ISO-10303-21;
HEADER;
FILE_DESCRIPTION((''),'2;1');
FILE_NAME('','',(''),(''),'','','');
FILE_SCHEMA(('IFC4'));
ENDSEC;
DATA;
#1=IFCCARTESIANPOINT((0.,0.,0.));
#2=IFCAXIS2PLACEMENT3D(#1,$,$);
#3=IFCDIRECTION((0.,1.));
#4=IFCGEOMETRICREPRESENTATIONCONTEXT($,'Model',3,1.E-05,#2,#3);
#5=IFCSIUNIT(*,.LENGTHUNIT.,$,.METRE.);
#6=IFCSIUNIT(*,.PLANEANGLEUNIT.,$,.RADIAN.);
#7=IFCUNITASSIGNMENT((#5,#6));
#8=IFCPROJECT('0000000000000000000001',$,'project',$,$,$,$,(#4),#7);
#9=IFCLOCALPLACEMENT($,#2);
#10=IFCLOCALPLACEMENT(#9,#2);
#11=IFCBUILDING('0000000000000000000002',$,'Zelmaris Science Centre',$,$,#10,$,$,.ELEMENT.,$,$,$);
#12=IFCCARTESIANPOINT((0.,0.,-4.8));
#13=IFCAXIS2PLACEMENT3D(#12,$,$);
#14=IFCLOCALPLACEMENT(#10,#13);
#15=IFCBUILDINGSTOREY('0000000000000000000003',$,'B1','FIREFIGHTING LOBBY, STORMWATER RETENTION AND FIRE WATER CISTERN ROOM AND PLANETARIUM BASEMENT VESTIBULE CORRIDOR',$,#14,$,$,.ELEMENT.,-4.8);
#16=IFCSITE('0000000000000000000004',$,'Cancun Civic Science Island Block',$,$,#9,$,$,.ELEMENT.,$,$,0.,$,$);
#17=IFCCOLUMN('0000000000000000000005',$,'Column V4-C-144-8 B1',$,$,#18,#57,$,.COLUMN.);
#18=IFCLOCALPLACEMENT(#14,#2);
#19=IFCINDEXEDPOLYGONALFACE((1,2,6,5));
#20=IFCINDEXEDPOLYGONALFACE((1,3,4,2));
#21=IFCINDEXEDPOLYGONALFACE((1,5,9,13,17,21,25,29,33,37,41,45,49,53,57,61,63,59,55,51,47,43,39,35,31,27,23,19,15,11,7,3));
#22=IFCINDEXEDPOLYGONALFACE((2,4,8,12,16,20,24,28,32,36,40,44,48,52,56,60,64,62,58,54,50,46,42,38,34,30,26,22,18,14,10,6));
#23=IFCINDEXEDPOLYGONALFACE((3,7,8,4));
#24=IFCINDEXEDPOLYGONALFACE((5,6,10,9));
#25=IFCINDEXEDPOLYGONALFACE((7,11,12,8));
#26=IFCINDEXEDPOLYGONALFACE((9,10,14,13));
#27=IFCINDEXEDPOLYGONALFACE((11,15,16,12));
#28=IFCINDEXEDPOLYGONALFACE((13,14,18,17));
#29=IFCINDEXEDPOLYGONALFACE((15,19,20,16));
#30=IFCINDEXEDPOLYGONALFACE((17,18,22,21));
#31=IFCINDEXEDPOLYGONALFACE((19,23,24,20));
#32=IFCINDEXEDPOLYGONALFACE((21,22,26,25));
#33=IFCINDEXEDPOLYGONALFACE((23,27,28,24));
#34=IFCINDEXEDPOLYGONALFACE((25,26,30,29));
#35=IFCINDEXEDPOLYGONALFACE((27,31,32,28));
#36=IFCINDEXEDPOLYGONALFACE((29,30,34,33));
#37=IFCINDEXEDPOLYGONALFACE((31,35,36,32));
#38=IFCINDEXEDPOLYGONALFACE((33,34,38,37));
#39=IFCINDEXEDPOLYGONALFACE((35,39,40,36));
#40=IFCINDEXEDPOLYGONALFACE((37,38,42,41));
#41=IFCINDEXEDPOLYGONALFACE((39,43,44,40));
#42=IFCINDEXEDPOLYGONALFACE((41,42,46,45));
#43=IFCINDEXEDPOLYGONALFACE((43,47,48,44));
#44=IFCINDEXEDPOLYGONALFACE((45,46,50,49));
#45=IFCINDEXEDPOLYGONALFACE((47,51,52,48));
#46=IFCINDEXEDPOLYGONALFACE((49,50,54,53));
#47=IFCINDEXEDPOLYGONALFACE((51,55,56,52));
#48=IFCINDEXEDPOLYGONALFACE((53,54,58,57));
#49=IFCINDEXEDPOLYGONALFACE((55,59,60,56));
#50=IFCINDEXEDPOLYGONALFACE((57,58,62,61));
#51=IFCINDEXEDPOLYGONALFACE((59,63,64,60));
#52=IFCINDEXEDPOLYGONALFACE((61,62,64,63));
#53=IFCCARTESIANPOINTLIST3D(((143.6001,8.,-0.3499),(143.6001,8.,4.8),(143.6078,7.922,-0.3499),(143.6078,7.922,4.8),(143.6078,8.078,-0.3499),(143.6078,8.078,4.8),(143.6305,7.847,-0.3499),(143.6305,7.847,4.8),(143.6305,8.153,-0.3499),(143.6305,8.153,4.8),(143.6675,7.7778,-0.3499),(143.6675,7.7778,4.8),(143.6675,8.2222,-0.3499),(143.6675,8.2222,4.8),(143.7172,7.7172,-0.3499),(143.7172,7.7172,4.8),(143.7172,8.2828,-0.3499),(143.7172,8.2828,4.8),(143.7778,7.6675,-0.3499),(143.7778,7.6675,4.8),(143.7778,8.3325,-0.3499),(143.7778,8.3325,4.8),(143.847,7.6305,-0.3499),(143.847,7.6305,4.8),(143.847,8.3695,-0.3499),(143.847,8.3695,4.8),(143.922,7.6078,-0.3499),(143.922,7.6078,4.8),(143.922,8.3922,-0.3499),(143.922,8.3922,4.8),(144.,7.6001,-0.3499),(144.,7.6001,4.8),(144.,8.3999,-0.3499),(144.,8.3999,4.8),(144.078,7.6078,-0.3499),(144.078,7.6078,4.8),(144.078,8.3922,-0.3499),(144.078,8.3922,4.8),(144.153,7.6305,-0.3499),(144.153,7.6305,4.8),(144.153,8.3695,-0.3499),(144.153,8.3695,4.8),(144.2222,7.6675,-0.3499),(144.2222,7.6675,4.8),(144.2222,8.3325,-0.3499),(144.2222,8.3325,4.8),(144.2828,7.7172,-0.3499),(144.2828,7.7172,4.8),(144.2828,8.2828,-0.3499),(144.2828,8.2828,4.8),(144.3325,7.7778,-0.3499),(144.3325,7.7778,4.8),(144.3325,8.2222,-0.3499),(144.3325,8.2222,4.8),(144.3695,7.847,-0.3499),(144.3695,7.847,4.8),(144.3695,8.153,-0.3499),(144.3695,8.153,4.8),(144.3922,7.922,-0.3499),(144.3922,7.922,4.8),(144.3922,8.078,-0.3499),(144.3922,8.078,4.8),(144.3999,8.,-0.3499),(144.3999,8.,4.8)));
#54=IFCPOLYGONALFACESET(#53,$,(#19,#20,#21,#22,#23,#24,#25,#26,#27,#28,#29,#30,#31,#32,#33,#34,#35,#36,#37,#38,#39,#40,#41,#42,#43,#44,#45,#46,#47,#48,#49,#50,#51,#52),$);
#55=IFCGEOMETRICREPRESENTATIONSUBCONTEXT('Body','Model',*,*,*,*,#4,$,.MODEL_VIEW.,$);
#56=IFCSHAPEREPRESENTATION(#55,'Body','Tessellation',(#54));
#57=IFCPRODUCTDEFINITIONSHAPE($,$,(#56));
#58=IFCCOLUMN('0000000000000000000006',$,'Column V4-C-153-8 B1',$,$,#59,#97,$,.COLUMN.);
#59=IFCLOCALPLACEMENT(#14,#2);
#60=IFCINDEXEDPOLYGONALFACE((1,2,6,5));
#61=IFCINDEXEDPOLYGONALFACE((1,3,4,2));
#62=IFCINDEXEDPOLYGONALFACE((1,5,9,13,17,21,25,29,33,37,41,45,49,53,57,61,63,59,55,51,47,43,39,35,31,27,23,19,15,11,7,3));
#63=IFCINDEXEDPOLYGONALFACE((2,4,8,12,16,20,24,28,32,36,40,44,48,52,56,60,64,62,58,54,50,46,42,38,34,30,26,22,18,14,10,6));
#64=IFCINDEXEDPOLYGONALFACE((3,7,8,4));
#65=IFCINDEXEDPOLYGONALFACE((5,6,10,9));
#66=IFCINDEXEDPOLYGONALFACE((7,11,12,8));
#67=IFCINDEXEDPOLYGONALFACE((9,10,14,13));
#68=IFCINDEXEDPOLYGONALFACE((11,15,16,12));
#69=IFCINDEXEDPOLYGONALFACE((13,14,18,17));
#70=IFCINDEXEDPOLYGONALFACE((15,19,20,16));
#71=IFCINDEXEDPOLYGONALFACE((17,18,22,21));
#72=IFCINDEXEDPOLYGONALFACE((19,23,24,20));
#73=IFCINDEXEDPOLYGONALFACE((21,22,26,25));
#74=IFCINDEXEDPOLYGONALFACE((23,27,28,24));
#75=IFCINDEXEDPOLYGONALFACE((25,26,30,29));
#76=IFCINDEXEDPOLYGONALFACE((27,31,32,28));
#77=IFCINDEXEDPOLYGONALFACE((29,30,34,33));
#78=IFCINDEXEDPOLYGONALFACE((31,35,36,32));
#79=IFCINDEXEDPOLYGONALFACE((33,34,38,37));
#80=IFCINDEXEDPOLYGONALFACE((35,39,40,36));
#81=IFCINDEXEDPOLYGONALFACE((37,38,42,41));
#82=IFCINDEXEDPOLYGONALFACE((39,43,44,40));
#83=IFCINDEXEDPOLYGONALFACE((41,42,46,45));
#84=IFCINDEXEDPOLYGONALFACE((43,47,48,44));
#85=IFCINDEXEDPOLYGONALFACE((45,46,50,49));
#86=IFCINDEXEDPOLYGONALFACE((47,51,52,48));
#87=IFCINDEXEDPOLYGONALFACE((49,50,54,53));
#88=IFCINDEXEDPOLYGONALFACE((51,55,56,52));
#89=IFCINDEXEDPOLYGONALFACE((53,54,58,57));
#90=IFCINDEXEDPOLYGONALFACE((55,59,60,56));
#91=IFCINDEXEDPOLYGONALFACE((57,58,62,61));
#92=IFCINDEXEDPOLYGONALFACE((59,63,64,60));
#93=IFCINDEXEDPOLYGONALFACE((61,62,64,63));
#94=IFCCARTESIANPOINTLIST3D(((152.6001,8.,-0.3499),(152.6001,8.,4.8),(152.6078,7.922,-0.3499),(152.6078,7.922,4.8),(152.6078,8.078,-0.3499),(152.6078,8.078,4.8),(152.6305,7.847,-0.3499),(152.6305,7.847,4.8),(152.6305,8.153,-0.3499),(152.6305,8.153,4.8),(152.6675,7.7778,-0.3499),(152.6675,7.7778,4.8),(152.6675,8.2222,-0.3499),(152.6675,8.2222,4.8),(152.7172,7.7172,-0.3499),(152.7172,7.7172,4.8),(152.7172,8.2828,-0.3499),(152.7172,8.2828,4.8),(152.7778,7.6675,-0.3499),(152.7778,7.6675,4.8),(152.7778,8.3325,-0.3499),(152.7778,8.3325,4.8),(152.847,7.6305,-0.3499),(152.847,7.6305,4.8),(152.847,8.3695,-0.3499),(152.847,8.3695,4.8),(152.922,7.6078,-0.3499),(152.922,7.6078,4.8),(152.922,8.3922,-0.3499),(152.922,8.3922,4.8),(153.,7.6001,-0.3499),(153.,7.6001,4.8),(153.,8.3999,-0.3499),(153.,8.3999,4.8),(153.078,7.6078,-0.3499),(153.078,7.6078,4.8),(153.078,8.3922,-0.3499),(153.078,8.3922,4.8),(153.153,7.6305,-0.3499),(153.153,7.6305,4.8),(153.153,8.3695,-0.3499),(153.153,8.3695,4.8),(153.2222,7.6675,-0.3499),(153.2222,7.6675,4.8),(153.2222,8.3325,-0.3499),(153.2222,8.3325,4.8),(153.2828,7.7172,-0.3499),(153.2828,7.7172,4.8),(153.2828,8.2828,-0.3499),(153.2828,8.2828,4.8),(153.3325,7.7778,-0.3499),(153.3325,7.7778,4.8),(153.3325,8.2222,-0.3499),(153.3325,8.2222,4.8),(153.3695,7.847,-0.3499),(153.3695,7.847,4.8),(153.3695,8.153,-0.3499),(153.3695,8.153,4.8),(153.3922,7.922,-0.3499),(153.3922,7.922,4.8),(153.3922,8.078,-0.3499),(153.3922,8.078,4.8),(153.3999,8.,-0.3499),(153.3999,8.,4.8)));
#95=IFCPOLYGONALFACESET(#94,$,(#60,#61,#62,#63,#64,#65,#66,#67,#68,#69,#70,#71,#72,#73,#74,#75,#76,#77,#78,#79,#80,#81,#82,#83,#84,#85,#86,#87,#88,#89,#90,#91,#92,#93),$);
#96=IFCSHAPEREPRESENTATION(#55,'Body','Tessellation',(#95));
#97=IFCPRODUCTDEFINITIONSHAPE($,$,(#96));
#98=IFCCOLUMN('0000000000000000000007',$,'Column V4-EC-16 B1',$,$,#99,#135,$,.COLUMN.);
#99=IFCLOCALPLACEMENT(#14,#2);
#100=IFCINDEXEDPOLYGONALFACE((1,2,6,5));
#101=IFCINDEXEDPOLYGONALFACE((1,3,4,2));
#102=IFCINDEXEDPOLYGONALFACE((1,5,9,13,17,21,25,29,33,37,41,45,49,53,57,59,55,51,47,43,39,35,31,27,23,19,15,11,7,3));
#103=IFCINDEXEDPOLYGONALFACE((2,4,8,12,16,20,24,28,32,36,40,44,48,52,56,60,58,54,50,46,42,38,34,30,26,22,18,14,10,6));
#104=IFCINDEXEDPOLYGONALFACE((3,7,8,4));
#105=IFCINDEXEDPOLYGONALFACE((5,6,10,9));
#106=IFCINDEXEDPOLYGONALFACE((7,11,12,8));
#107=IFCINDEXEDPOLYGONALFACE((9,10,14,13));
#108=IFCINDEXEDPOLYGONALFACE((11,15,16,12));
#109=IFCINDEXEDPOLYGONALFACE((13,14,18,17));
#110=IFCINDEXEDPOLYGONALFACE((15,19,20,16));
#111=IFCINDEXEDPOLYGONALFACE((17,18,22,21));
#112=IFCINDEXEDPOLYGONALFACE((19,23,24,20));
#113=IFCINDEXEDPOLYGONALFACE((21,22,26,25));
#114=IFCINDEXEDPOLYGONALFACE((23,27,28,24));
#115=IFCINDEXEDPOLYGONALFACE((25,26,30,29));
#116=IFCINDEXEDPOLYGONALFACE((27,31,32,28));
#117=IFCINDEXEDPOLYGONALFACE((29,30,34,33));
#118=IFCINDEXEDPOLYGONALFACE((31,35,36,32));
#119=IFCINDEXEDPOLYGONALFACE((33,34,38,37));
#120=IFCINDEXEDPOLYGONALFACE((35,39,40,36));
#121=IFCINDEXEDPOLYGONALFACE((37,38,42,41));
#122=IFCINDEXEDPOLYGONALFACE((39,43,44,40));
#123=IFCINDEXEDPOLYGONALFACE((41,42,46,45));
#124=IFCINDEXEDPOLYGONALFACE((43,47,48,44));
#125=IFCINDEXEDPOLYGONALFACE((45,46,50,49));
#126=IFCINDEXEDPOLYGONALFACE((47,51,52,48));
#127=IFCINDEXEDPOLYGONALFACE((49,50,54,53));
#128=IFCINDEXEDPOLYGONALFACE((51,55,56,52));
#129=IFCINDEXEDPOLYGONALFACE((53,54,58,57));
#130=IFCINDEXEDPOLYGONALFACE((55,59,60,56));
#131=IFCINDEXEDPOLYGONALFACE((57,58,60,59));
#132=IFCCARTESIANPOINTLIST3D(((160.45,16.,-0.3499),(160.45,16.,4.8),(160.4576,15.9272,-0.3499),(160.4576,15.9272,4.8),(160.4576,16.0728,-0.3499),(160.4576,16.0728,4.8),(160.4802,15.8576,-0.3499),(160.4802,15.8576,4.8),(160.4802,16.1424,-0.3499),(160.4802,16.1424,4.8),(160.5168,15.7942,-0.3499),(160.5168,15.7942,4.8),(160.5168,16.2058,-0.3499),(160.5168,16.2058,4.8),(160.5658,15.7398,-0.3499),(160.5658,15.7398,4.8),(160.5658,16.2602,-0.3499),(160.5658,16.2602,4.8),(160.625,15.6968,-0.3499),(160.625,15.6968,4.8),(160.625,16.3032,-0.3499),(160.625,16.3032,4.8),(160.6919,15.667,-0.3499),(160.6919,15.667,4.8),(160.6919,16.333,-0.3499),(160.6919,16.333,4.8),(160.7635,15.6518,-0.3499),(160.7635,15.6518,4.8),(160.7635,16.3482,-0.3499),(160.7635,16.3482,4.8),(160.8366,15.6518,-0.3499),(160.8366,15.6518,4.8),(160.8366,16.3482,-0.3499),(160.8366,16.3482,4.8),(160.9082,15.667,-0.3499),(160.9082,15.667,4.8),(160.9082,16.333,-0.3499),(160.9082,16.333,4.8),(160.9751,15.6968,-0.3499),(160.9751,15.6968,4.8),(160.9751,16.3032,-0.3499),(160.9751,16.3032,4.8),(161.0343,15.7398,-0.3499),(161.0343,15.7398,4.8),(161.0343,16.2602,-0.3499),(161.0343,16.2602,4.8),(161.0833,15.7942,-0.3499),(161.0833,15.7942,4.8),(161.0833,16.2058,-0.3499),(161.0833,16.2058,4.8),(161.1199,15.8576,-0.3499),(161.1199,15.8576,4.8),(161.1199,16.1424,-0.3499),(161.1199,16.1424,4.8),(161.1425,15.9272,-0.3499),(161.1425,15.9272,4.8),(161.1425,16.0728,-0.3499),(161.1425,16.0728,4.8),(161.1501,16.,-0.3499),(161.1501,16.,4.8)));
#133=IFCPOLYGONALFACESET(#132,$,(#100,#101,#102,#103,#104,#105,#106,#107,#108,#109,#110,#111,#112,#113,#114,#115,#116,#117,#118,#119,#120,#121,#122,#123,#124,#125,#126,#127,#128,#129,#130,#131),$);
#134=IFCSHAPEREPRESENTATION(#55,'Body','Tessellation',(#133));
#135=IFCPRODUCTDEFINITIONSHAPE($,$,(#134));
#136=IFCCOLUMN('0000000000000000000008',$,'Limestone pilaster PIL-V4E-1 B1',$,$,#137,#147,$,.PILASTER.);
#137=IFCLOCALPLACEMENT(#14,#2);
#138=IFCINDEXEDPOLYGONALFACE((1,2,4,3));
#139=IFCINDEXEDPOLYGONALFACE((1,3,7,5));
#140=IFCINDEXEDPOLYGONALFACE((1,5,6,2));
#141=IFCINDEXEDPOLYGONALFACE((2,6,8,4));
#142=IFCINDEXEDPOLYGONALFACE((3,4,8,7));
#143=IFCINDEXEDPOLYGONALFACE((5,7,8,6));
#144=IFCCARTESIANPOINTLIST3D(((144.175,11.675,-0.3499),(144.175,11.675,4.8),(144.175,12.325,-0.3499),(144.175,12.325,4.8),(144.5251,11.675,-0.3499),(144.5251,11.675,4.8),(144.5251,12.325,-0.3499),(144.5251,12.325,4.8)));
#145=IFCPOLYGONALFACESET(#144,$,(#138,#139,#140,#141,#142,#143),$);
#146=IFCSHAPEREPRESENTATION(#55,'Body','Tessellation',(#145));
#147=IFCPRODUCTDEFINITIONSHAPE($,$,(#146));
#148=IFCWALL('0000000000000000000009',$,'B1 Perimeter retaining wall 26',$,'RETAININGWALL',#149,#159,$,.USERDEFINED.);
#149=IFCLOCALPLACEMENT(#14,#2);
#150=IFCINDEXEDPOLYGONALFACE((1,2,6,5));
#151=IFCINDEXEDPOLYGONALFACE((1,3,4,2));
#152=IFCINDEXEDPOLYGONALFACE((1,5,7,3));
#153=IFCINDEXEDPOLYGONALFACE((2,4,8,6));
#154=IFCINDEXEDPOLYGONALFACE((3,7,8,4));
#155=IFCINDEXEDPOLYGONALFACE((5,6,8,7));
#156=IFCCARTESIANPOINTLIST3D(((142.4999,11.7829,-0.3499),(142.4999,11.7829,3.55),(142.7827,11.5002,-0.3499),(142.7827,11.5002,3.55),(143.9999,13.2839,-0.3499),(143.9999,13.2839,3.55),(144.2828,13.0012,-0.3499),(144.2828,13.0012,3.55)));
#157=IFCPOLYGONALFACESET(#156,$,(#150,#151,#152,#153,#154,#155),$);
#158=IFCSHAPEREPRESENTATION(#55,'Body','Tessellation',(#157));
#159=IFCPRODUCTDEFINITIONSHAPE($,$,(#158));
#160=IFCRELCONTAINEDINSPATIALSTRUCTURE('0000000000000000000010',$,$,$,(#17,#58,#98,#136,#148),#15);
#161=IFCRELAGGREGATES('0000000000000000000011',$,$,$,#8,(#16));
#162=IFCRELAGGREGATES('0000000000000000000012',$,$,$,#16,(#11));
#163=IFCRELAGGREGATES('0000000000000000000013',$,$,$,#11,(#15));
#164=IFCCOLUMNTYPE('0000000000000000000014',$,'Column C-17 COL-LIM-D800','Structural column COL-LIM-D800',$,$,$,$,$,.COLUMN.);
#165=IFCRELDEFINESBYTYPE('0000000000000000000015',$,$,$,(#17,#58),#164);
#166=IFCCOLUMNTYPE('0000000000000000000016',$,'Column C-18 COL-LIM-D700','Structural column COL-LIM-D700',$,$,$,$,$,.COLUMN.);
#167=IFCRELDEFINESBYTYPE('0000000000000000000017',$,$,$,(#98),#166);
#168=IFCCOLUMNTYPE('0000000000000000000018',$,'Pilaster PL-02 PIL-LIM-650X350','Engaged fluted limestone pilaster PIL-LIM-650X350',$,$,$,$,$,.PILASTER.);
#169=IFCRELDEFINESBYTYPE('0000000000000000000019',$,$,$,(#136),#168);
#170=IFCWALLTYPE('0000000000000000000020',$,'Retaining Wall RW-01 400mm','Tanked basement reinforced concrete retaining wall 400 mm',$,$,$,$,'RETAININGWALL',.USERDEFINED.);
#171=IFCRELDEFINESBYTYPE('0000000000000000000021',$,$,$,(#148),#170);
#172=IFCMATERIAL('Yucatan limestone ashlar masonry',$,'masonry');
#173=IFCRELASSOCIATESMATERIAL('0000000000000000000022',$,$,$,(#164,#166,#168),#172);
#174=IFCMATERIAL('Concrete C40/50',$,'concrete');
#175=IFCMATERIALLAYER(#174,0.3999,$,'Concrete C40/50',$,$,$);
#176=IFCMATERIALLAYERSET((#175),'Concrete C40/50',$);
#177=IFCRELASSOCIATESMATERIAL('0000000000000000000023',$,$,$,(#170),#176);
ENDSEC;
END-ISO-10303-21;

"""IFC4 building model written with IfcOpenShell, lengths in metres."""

from ifc_helpers import new_model, si_unit, direction, frame, frame_2d, origin, origin_2d, place, context, subcontext, project, spatial, rectangle, circle, extrude, material, layer, layer_set, material_profile, profile_set, type_object, element, save


model = new_model("IFC4")

# Units and contexts
model_context = context("Model", 3, precision=1e-05, world=origin(), true_north=direction((0.0, 1.0)))
body_context = subcontext(model_context, "Body", "Model", "MODEL_VIEW")
ifc_project = project(units=[si_unit("LENGTHUNIT", "METRE"), si_unit("PLANEANGLEUNIT", "RADIAN")], contexts=[model_context])

# Site, building, storey
site_placement = place(None, origin())
site = spatial("IfcSite", under=ifc_project, at=site_placement, Name="Cancun Civic Science Island Block", CompositionType="ELEMENT", RefElevation=0.0)
building_placement = place(site_placement, origin())
building = spatial("IfcBuilding", under=site, at=building_placement, Name="Zelmaris Science Centre", CompositionType="ELEMENT")
storey_placement = place(building_placement, frame((0.0, 0.0, -4.8)))
storey = spatial("IfcBuildingStorey", under=building, at=storey_placement, Name="B1", Description="FIREFIGHTING LOBBY, STORMWATER RETENTION AND FIRE WATER CISTERN ROOM AND PLANETARIUM BASEMENT VESTIBULE CORRIDOR", CompositionType="ELEMENT", Elevation=-4.8)

# Shared definitions
ifc_material_1 = material(Name="Concrete C40/50", Category="concrete")

# Columns
ifc_material_2 = material(Name="Yucatan limestone ashlar masonry", Category="masonry")
ifc_material_profile_1 = material_profile(ifc_material_2, circle(Radius=0.3999, at=origin_2d()), Name="COL-LIM-D800")
ifc_profile_set_1 = profile_set([ifc_material_profile_1], Name="Yucatan limestone ashlar masonry")
column_type_1 = type_object("IfcColumnType", Name="Column C-17 COL-LIM-D800", Description="Structural column COL-LIM-D800", PredefinedType="COLUMN", material=ifc_profile_set_1)
for number, where, z_axis, x_axis, name in (
    (1, (144.0, 8.0, -0.3499), (0.0, 0.0, 1.0), (1.0, 0.0, 0.0), "Column V4-C-144-8 B1"),
    (2, (153.0, 8.0, -0.3499), (0.0, 0.0, 1.0), (1.0, 0.0, 0.0), "Column V4-C-153-8 B1"),
):
    element("IfcColumn", number, at=place(storey_placement, frame(where, z_axis=z_axis, x_axis=x_axis)), inside=storey, type_object=column_type_1, Name=name, PredefinedType="COLUMN", context=body_context, shape_type="SweptSolid", body=[
        extrude(circle(Radius=0.3999, at=origin_2d()), origin(), (0.0, 0.0, 1.0), 5.1499),
    ])
ifc_material_profile_2 = material_profile(ifc_material_2, circle(Radius=0.3501, at=origin_2d()), Name="COL-LIM-D700")
ifc_profile_set_2 = profile_set([ifc_material_profile_2], Name="Yucatan limestone ashlar masonry")
column_type_2 = type_object("IfcColumnType", Name="Column C-18 COL-LIM-D700", Description="Structural column COL-LIM-D700", PredefinedType="COLUMN", material=ifc_profile_set_2)
column_1_placement = place(storey_placement, frame((160.8, 16.0, -0.3499), z_axis=(0.0, 0.0, 1.0), x_axis=(1.0, 0.0, 0.0)))
element("IfcColumn", 3, at=column_1_placement, inside=storey, type_object=column_type_2, Name="Column V4-EC-16 B1", PredefinedType="COLUMN", context=body_context, shape_type="SweptSolid", body=[
    extrude(circle(Radius=0.3501, at=origin_2d()), origin(), (0.0, 0.0, 1.0), 5.1499),
])
ifc_material_profile_3 = material_profile(ifc_material_2, rectangle(XDim=0.6499, YDim=0.3501, at=origin_2d()), Name="PIL-LIM-650X350")
ifc_profile_set_3 = profile_set([ifc_material_profile_3], Name="Yucatan limestone ashlar masonry")
column_type_3 = type_object("IfcColumnType", Name="Pilaster PL-02 PIL-LIM-650X350", Description="Engaged fluted limestone pilaster PIL-LIM-650X350", PredefinedType="PILASTER", material=ifc_profile_set_3)
column_2_placement = place(storey_placement, frame((144.3501, 12.0, -0.3499), z_axis=(0.0, 0.0, 1.0), x_axis=(0.0, 1.0, 0.0)))
element("IfcColumn", 4, at=column_2_placement, inside=storey, type_object=column_type_3, Name="Limestone pilaster PIL-V4E-1 B1", PredefinedType="PILASTER", context=body_context, shape_type="SweptSolid", body=[
    extrude(rectangle(XDim=0.6499, YDim=0.3501, at=origin_2d()), origin(), (0.0, 0.0, 1.0), 5.1499),
])

# Wall
ifc_layer = layer(ifc_material_1, 0.3999, Name="Concrete C40/50")
ifc_layer_set = layer_set([ifc_layer], Name="Concrete C40/50")
wall_type = type_object("IfcWallType", Name="Retaining Wall RW-01 400mm", Description="Tanked basement reinforced concrete retaining wall 400 mm", ElementType="RETAININGWALL", PredefinedType="USERDEFINED", material=ifc_layer_set)
wall_placement = place(storey_placement, frame((144.1414, 13.1426, -0.3499), z_axis=(0.0, 0.0, 1.0), x_axis=(-0.706877, -0.707337, 0.0)))
element("IfcWall", 5, at=wall_placement, inside=storey, type_object=wall_type, Name="B1 Perimeter retaining wall 26", ObjectType="RETAININGWALL", PredefinedType="USERDEFINED", context=body_context, shape_type="SweptSolid", body=[
    extrude(rectangle(XDim=2.1221, YDim=0.3999, at=frame_2d((1.061, 0.0))), origin(), (0.0, 0.0, 1.0), 3.8999),
])

save(model, "model.ifc")
